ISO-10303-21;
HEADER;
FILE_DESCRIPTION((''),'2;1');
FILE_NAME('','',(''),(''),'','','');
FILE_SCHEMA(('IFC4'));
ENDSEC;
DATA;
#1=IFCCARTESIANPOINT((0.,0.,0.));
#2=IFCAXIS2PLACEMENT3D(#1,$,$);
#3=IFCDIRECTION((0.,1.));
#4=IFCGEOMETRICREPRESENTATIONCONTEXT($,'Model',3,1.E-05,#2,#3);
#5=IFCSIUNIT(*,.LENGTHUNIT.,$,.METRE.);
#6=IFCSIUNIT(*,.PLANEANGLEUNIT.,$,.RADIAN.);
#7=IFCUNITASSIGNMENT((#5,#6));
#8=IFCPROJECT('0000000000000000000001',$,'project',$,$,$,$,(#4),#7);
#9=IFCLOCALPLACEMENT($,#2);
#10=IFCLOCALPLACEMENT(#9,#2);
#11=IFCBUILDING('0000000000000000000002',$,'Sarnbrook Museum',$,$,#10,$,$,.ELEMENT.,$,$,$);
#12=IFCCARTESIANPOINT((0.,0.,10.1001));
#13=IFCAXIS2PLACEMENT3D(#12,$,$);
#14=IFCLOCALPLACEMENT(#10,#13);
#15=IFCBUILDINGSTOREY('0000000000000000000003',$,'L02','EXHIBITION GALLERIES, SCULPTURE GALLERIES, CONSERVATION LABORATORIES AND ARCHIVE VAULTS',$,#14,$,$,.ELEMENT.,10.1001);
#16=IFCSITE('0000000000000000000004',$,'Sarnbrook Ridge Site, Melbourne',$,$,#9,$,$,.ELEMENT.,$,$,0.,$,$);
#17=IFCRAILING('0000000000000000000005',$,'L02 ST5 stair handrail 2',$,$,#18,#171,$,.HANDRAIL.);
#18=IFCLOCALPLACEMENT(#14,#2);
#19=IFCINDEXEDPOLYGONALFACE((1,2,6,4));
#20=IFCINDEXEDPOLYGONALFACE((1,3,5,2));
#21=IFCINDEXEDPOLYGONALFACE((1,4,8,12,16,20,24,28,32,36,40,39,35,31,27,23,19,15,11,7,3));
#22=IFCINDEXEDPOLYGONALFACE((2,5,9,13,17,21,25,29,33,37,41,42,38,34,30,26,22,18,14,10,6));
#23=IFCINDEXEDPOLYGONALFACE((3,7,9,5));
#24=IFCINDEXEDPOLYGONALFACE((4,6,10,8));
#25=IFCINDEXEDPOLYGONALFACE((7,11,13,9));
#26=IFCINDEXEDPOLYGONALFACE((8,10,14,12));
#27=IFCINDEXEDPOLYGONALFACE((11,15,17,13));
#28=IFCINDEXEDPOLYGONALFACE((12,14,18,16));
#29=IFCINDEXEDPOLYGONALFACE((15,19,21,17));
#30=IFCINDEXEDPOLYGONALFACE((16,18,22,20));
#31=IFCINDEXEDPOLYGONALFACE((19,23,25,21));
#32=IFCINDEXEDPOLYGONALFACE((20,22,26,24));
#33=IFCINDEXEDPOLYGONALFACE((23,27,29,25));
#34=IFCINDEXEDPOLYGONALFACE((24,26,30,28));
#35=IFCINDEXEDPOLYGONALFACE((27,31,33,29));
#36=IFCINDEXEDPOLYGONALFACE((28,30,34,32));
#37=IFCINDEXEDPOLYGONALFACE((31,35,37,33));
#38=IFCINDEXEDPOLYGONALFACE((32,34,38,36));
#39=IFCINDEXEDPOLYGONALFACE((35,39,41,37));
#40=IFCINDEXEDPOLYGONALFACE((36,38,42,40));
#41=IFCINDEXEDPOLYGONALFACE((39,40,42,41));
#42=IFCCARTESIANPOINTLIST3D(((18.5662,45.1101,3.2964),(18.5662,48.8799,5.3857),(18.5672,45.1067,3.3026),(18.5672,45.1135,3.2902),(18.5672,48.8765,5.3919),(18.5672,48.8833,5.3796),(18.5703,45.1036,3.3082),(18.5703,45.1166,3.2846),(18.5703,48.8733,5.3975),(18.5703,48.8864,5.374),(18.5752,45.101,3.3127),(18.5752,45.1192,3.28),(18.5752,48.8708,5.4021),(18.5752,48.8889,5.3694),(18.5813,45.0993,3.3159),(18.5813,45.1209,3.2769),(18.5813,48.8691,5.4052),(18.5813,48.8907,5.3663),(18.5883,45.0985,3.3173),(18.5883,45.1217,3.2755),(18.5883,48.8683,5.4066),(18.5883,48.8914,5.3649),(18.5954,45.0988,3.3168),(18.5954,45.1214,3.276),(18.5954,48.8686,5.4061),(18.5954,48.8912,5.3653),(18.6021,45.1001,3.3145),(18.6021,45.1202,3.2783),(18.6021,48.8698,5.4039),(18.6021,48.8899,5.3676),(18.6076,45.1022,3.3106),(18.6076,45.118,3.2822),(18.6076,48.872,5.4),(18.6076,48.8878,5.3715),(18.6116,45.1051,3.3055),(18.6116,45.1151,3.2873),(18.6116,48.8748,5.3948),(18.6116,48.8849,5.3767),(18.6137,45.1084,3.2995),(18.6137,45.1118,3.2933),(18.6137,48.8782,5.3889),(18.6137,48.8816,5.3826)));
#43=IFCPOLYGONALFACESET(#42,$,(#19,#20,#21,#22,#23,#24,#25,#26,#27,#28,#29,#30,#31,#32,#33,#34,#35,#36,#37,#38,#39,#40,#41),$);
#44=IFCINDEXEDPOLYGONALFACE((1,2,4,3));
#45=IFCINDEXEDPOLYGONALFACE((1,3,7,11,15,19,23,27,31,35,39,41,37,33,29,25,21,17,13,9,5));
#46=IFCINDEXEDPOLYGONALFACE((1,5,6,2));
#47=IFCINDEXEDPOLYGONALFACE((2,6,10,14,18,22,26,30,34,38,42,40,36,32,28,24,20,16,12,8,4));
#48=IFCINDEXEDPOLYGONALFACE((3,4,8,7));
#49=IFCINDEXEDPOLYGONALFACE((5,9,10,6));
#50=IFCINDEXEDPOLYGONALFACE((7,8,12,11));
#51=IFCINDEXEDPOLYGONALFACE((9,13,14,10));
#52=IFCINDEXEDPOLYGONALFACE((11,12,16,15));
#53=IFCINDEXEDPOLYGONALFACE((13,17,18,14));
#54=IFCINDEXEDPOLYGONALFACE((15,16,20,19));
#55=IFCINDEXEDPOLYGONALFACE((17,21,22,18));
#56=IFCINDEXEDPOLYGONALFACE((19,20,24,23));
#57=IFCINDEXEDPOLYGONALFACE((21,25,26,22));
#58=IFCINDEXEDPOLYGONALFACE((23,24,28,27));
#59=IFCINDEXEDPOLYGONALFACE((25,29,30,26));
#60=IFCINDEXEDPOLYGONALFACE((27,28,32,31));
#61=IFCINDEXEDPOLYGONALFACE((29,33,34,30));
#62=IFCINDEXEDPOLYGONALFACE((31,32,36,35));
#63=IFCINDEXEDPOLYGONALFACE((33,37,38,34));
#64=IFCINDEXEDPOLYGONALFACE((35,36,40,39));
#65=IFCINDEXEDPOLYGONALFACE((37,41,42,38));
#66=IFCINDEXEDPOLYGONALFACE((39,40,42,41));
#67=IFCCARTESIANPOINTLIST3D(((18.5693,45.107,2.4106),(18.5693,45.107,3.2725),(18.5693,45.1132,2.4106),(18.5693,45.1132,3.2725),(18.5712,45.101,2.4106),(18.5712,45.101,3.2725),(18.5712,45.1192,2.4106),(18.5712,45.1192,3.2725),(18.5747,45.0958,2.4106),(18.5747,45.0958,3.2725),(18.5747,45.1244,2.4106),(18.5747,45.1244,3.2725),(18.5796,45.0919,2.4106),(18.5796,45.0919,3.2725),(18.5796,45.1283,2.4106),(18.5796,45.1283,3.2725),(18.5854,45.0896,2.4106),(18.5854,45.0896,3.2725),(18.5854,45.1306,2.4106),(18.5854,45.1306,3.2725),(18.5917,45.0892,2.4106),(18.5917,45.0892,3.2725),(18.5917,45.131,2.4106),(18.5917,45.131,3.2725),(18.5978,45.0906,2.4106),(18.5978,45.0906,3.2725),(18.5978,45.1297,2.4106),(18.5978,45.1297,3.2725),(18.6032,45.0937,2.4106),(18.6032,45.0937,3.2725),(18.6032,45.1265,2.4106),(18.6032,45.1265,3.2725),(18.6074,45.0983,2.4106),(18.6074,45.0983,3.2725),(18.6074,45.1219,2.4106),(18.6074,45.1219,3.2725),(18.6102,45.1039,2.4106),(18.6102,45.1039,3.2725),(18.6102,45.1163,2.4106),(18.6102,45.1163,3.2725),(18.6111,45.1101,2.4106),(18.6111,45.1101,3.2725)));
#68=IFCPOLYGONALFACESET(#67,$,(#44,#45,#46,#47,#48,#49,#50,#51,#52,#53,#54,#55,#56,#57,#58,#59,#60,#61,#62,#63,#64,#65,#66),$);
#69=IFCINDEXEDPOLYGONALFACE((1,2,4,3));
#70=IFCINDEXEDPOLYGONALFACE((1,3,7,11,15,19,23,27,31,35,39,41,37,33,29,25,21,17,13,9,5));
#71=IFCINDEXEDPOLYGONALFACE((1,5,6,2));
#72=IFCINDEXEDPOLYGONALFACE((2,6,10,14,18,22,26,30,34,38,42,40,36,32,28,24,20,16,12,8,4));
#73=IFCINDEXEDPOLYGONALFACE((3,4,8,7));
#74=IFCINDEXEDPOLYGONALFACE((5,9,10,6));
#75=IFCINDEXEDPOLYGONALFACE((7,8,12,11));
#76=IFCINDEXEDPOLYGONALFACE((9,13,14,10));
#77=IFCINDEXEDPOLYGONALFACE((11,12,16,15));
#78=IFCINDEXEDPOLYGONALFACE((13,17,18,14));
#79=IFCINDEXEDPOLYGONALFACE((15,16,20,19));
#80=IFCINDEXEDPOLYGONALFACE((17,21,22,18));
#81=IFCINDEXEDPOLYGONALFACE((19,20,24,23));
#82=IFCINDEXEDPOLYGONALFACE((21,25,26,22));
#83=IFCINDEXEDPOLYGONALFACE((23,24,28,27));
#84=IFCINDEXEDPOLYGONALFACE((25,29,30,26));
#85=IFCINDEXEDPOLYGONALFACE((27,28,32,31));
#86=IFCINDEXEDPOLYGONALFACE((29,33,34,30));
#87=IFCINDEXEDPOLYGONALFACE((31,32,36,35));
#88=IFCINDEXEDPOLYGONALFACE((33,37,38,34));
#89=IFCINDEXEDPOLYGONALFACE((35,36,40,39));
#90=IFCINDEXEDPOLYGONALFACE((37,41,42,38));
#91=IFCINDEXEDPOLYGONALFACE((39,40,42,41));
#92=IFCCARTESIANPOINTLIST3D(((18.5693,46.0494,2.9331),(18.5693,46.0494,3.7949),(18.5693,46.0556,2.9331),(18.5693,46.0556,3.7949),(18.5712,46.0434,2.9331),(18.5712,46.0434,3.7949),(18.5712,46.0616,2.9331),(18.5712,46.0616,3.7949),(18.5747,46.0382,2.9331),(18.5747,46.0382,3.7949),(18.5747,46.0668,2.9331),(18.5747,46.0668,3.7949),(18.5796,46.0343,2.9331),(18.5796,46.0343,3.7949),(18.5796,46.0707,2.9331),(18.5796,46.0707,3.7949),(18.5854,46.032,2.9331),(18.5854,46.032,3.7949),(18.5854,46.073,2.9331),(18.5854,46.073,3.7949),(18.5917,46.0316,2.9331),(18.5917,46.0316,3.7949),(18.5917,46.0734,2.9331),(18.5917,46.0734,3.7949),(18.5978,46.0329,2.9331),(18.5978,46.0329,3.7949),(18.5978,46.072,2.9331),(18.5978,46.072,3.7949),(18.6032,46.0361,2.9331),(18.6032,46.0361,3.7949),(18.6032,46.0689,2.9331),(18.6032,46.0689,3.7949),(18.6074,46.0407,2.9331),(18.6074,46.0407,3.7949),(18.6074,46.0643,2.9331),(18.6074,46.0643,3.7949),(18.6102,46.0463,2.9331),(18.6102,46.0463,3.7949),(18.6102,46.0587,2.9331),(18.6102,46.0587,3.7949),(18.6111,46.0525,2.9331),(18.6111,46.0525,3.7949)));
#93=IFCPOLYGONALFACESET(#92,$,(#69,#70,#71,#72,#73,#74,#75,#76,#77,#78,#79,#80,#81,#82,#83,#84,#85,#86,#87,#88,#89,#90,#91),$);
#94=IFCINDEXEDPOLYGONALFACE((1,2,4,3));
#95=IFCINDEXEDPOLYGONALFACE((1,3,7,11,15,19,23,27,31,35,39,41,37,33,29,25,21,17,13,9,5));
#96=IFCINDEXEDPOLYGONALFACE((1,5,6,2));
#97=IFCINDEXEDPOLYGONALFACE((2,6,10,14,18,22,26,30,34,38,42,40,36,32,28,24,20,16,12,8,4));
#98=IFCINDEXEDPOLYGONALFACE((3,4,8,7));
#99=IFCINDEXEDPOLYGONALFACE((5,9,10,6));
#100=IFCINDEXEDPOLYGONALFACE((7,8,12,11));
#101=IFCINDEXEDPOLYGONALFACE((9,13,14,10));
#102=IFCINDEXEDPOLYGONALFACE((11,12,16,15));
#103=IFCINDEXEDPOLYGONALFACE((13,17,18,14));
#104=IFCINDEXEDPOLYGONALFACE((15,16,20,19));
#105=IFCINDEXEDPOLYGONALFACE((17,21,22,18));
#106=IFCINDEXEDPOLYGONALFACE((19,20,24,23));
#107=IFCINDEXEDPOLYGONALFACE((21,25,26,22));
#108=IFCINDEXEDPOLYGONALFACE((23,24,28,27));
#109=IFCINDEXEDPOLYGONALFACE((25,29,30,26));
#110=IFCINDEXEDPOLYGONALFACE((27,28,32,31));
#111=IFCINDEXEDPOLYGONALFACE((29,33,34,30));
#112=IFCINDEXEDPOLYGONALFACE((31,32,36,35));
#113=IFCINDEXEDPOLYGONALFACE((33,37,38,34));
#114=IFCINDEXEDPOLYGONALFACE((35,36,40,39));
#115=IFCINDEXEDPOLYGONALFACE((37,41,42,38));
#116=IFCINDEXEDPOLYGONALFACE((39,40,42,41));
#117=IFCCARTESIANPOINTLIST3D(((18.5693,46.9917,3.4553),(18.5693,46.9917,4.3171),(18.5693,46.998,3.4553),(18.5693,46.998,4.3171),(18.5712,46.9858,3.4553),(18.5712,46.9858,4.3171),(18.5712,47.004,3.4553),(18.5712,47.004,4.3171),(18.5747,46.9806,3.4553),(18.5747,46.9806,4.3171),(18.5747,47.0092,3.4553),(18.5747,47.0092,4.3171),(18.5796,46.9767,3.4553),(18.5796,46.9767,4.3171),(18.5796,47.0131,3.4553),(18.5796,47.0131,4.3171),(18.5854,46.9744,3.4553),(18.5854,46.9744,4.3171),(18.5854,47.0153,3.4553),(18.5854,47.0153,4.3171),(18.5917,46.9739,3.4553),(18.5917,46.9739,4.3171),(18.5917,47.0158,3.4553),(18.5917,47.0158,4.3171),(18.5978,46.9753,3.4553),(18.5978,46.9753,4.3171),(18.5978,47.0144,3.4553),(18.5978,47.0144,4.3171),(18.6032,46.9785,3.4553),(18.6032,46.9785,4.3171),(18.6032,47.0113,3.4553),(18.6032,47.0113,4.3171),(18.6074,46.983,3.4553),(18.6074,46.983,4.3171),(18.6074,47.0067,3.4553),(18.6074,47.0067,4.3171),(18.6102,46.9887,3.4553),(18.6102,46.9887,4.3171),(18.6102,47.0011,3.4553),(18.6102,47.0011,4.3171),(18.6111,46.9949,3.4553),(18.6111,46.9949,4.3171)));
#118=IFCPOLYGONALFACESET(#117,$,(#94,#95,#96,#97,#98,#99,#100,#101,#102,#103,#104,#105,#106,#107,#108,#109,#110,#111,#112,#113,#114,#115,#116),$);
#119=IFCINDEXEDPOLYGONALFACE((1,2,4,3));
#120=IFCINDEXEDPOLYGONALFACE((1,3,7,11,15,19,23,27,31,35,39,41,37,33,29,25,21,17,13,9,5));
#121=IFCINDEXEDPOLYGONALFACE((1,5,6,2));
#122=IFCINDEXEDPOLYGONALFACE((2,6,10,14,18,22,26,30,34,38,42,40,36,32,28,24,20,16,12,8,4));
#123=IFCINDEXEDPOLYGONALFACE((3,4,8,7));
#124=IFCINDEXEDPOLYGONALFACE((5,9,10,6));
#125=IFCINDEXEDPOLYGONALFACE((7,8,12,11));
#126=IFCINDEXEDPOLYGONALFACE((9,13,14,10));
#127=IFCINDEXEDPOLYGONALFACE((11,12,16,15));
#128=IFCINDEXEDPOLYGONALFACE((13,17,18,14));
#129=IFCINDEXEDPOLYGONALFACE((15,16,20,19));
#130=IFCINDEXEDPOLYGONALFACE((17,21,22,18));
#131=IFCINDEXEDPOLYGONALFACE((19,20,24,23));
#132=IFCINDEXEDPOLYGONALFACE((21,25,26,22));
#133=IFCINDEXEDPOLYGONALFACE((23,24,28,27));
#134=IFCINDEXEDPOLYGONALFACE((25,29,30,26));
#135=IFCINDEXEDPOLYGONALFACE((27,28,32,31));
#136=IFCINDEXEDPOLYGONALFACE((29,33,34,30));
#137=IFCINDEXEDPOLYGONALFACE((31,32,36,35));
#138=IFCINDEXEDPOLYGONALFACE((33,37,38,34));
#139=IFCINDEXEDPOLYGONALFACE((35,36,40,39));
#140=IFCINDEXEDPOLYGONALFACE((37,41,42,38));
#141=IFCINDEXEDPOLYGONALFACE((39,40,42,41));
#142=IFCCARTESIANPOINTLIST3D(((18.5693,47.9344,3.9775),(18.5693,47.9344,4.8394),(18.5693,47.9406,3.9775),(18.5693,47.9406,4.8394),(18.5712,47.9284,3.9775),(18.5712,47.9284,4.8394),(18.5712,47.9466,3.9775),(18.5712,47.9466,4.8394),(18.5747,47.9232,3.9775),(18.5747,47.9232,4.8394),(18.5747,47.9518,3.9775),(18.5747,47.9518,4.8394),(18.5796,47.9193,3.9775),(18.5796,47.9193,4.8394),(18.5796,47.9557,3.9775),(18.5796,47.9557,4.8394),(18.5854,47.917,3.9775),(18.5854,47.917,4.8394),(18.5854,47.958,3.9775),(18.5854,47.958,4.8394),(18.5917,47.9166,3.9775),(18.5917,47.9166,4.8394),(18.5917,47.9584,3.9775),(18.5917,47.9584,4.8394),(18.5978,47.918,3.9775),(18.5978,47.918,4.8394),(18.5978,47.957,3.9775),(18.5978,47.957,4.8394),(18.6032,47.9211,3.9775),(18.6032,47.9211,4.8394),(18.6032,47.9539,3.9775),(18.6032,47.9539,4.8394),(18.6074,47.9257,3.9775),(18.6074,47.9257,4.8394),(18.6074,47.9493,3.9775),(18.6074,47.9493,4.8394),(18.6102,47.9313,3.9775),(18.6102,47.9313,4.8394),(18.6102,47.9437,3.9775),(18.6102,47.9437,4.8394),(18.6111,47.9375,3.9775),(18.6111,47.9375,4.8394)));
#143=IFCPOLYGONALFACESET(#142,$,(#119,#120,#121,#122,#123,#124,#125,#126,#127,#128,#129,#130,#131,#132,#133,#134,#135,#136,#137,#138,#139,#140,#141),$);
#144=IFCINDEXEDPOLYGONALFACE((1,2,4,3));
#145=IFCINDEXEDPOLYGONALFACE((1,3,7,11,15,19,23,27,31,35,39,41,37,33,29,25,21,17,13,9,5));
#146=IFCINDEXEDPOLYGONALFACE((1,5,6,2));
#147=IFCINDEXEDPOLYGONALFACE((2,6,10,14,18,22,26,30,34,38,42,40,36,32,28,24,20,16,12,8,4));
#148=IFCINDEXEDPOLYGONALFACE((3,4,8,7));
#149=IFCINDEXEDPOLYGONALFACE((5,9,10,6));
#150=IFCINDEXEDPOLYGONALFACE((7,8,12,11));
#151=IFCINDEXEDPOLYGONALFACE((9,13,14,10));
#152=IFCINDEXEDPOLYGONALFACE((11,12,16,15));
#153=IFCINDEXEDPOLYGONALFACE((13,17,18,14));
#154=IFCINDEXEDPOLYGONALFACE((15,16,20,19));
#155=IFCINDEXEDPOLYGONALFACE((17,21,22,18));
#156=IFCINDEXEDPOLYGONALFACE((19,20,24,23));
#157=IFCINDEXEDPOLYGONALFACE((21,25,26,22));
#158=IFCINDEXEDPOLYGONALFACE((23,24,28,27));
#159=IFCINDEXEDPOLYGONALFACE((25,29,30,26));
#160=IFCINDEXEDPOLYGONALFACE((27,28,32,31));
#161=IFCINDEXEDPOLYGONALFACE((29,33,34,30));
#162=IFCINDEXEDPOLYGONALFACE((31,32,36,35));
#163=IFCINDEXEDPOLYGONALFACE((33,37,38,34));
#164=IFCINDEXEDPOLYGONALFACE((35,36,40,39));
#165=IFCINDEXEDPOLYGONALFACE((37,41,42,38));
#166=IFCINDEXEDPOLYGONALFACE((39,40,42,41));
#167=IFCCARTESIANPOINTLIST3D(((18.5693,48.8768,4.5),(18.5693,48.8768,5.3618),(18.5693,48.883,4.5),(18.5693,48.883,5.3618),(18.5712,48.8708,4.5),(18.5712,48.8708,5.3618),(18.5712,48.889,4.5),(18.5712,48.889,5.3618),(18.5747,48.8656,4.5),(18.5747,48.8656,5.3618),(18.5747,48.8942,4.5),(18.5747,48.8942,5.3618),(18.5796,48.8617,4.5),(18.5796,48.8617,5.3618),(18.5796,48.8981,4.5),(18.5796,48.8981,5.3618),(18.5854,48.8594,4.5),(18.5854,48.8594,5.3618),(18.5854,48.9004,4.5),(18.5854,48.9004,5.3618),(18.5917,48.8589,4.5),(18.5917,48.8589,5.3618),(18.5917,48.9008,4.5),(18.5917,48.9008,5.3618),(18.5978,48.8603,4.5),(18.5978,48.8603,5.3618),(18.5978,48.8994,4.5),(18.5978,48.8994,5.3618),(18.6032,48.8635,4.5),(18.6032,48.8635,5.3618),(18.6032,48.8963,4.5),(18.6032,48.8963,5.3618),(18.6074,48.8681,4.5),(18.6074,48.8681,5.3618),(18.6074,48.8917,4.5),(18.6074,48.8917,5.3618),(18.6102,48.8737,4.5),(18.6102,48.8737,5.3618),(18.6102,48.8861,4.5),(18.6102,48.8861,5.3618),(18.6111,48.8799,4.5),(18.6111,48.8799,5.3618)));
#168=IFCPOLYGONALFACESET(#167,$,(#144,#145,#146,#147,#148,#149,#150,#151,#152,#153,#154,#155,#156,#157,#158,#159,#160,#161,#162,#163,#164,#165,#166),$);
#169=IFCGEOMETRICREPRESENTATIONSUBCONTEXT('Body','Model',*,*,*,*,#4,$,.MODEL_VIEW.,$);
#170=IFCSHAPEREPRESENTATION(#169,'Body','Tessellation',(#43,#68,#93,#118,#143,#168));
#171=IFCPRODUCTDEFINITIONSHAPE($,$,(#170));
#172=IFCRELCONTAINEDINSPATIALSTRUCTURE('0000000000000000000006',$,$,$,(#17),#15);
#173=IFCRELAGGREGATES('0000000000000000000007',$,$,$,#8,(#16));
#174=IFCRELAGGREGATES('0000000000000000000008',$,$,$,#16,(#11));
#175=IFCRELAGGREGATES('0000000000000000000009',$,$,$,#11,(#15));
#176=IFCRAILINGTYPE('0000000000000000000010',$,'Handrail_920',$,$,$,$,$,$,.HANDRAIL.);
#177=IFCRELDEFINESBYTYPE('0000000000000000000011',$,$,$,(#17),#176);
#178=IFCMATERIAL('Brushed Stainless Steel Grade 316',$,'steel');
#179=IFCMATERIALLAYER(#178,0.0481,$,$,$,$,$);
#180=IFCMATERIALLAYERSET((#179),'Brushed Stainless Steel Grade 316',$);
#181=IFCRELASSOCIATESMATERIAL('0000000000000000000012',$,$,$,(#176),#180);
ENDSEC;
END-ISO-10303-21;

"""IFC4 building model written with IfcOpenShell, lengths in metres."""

from ifc_helpers import new_model, si_unit, direction, frame, origin, origin_2d, place, context, subcontext, project, spatial, circle, extrude, material, layer, layer_set, type_object, element, save


model = new_model("IFC4")

# Units and contexts
model_context = context("Model", 3, precision=1e-05, world=origin(), true_north=direction((0.0, 1.0)))
body_context = subcontext(model_context, "Body", "Model", "MODEL_VIEW")
ifc_project = project(units=[si_unit("LENGTHUNIT", "METRE"), si_unit("PLANEANGLEUNIT", "RADIAN")], contexts=[model_context])

# Site, building, storey
site_placement = place(None, origin())
site = spatial("IfcSite", under=ifc_project, at=site_placement, Name="Sarnbrook Ridge Site, Melbourne", CompositionType="ELEMENT", RefElevation=0.0)
building_placement = place(site_placement, origin())
building = spatial("IfcBuilding", under=site, at=building_placement, Name="Sarnbrook Museum", CompositionType="ELEMENT")
storey_placement = place(building_placement, frame((0.0, 0.0, 10.1001)))
storey = spatial("IfcBuildingStorey", under=building, at=storey_placement, Name="L02", Description="EXHIBITION GALLERIES, SCULPTURE GALLERIES, CONSERVATION LABORATORIES AND ARCHIVE VAULTS", CompositionType="ELEMENT", Elevation=10.1001)

# Railing
ifc_material_1 = material(Name="Brushed Stainless Steel Grade 316", Category="steel")
ifc_layer_1 = layer(ifc_material_1, 0.0481)
ifc_layer_set_1 = layer_set([ifc_layer_1], Name="Brushed Stainless Steel Grade 316")
railing_type_1 = type_object("IfcRailingType", Name="Handrail_920", PredefinedType="HANDRAIL", material=ifc_layer_set_1)
railing_1_placement = place(storey_placement, frame((18.5901, 45.1101, 2.4106)))
element("IfcRailing", 1, at=railing_1_placement, inside=storey, type_object=railing_type_1, Name="L02 ST5 stair handrail 2", PredefinedType="HANDRAIL", context=body_context, shape_type="SweptSolid", body=[
    extrude(circle(Radius=0.0239, at=origin_2d()), frame((0.0, 0.0, 0.8857), z_axis=(0.0, 0.874646, 0.484763), x_axis=(-1.0, 0.0, 0.0)), (0.0, 0.0, 1.0), 4.3101),
    extrude(circle(Radius=0.021, at=origin_2d()), origin(), (0.0, 0.0, 1.0), 0.8618),
    extrude(circle(Radius=0.021, at=origin_2d()), frame((0.0, 0.9424, 0.5225)), (0.0, 0.0, 1.0), 0.8618),
    extrude(circle(Radius=0.021, at=origin_2d()), frame((0.0, 1.8848, 1.0447)), (0.0, 0.0, 1.0), 0.8618),
    extrude(circle(Radius=0.021, at=origin_2d()), frame((0.0, 2.8274, 1.5669)), (0.0, 0.0, 1.0), 0.8618),
    extrude(circle(Radius=0.021, at=origin_2d()), frame((0.0, 3.7698, 2.0894)), (0.0, 0.0, 1.0), 0.8618),
])

save(model, "model.ifc")
